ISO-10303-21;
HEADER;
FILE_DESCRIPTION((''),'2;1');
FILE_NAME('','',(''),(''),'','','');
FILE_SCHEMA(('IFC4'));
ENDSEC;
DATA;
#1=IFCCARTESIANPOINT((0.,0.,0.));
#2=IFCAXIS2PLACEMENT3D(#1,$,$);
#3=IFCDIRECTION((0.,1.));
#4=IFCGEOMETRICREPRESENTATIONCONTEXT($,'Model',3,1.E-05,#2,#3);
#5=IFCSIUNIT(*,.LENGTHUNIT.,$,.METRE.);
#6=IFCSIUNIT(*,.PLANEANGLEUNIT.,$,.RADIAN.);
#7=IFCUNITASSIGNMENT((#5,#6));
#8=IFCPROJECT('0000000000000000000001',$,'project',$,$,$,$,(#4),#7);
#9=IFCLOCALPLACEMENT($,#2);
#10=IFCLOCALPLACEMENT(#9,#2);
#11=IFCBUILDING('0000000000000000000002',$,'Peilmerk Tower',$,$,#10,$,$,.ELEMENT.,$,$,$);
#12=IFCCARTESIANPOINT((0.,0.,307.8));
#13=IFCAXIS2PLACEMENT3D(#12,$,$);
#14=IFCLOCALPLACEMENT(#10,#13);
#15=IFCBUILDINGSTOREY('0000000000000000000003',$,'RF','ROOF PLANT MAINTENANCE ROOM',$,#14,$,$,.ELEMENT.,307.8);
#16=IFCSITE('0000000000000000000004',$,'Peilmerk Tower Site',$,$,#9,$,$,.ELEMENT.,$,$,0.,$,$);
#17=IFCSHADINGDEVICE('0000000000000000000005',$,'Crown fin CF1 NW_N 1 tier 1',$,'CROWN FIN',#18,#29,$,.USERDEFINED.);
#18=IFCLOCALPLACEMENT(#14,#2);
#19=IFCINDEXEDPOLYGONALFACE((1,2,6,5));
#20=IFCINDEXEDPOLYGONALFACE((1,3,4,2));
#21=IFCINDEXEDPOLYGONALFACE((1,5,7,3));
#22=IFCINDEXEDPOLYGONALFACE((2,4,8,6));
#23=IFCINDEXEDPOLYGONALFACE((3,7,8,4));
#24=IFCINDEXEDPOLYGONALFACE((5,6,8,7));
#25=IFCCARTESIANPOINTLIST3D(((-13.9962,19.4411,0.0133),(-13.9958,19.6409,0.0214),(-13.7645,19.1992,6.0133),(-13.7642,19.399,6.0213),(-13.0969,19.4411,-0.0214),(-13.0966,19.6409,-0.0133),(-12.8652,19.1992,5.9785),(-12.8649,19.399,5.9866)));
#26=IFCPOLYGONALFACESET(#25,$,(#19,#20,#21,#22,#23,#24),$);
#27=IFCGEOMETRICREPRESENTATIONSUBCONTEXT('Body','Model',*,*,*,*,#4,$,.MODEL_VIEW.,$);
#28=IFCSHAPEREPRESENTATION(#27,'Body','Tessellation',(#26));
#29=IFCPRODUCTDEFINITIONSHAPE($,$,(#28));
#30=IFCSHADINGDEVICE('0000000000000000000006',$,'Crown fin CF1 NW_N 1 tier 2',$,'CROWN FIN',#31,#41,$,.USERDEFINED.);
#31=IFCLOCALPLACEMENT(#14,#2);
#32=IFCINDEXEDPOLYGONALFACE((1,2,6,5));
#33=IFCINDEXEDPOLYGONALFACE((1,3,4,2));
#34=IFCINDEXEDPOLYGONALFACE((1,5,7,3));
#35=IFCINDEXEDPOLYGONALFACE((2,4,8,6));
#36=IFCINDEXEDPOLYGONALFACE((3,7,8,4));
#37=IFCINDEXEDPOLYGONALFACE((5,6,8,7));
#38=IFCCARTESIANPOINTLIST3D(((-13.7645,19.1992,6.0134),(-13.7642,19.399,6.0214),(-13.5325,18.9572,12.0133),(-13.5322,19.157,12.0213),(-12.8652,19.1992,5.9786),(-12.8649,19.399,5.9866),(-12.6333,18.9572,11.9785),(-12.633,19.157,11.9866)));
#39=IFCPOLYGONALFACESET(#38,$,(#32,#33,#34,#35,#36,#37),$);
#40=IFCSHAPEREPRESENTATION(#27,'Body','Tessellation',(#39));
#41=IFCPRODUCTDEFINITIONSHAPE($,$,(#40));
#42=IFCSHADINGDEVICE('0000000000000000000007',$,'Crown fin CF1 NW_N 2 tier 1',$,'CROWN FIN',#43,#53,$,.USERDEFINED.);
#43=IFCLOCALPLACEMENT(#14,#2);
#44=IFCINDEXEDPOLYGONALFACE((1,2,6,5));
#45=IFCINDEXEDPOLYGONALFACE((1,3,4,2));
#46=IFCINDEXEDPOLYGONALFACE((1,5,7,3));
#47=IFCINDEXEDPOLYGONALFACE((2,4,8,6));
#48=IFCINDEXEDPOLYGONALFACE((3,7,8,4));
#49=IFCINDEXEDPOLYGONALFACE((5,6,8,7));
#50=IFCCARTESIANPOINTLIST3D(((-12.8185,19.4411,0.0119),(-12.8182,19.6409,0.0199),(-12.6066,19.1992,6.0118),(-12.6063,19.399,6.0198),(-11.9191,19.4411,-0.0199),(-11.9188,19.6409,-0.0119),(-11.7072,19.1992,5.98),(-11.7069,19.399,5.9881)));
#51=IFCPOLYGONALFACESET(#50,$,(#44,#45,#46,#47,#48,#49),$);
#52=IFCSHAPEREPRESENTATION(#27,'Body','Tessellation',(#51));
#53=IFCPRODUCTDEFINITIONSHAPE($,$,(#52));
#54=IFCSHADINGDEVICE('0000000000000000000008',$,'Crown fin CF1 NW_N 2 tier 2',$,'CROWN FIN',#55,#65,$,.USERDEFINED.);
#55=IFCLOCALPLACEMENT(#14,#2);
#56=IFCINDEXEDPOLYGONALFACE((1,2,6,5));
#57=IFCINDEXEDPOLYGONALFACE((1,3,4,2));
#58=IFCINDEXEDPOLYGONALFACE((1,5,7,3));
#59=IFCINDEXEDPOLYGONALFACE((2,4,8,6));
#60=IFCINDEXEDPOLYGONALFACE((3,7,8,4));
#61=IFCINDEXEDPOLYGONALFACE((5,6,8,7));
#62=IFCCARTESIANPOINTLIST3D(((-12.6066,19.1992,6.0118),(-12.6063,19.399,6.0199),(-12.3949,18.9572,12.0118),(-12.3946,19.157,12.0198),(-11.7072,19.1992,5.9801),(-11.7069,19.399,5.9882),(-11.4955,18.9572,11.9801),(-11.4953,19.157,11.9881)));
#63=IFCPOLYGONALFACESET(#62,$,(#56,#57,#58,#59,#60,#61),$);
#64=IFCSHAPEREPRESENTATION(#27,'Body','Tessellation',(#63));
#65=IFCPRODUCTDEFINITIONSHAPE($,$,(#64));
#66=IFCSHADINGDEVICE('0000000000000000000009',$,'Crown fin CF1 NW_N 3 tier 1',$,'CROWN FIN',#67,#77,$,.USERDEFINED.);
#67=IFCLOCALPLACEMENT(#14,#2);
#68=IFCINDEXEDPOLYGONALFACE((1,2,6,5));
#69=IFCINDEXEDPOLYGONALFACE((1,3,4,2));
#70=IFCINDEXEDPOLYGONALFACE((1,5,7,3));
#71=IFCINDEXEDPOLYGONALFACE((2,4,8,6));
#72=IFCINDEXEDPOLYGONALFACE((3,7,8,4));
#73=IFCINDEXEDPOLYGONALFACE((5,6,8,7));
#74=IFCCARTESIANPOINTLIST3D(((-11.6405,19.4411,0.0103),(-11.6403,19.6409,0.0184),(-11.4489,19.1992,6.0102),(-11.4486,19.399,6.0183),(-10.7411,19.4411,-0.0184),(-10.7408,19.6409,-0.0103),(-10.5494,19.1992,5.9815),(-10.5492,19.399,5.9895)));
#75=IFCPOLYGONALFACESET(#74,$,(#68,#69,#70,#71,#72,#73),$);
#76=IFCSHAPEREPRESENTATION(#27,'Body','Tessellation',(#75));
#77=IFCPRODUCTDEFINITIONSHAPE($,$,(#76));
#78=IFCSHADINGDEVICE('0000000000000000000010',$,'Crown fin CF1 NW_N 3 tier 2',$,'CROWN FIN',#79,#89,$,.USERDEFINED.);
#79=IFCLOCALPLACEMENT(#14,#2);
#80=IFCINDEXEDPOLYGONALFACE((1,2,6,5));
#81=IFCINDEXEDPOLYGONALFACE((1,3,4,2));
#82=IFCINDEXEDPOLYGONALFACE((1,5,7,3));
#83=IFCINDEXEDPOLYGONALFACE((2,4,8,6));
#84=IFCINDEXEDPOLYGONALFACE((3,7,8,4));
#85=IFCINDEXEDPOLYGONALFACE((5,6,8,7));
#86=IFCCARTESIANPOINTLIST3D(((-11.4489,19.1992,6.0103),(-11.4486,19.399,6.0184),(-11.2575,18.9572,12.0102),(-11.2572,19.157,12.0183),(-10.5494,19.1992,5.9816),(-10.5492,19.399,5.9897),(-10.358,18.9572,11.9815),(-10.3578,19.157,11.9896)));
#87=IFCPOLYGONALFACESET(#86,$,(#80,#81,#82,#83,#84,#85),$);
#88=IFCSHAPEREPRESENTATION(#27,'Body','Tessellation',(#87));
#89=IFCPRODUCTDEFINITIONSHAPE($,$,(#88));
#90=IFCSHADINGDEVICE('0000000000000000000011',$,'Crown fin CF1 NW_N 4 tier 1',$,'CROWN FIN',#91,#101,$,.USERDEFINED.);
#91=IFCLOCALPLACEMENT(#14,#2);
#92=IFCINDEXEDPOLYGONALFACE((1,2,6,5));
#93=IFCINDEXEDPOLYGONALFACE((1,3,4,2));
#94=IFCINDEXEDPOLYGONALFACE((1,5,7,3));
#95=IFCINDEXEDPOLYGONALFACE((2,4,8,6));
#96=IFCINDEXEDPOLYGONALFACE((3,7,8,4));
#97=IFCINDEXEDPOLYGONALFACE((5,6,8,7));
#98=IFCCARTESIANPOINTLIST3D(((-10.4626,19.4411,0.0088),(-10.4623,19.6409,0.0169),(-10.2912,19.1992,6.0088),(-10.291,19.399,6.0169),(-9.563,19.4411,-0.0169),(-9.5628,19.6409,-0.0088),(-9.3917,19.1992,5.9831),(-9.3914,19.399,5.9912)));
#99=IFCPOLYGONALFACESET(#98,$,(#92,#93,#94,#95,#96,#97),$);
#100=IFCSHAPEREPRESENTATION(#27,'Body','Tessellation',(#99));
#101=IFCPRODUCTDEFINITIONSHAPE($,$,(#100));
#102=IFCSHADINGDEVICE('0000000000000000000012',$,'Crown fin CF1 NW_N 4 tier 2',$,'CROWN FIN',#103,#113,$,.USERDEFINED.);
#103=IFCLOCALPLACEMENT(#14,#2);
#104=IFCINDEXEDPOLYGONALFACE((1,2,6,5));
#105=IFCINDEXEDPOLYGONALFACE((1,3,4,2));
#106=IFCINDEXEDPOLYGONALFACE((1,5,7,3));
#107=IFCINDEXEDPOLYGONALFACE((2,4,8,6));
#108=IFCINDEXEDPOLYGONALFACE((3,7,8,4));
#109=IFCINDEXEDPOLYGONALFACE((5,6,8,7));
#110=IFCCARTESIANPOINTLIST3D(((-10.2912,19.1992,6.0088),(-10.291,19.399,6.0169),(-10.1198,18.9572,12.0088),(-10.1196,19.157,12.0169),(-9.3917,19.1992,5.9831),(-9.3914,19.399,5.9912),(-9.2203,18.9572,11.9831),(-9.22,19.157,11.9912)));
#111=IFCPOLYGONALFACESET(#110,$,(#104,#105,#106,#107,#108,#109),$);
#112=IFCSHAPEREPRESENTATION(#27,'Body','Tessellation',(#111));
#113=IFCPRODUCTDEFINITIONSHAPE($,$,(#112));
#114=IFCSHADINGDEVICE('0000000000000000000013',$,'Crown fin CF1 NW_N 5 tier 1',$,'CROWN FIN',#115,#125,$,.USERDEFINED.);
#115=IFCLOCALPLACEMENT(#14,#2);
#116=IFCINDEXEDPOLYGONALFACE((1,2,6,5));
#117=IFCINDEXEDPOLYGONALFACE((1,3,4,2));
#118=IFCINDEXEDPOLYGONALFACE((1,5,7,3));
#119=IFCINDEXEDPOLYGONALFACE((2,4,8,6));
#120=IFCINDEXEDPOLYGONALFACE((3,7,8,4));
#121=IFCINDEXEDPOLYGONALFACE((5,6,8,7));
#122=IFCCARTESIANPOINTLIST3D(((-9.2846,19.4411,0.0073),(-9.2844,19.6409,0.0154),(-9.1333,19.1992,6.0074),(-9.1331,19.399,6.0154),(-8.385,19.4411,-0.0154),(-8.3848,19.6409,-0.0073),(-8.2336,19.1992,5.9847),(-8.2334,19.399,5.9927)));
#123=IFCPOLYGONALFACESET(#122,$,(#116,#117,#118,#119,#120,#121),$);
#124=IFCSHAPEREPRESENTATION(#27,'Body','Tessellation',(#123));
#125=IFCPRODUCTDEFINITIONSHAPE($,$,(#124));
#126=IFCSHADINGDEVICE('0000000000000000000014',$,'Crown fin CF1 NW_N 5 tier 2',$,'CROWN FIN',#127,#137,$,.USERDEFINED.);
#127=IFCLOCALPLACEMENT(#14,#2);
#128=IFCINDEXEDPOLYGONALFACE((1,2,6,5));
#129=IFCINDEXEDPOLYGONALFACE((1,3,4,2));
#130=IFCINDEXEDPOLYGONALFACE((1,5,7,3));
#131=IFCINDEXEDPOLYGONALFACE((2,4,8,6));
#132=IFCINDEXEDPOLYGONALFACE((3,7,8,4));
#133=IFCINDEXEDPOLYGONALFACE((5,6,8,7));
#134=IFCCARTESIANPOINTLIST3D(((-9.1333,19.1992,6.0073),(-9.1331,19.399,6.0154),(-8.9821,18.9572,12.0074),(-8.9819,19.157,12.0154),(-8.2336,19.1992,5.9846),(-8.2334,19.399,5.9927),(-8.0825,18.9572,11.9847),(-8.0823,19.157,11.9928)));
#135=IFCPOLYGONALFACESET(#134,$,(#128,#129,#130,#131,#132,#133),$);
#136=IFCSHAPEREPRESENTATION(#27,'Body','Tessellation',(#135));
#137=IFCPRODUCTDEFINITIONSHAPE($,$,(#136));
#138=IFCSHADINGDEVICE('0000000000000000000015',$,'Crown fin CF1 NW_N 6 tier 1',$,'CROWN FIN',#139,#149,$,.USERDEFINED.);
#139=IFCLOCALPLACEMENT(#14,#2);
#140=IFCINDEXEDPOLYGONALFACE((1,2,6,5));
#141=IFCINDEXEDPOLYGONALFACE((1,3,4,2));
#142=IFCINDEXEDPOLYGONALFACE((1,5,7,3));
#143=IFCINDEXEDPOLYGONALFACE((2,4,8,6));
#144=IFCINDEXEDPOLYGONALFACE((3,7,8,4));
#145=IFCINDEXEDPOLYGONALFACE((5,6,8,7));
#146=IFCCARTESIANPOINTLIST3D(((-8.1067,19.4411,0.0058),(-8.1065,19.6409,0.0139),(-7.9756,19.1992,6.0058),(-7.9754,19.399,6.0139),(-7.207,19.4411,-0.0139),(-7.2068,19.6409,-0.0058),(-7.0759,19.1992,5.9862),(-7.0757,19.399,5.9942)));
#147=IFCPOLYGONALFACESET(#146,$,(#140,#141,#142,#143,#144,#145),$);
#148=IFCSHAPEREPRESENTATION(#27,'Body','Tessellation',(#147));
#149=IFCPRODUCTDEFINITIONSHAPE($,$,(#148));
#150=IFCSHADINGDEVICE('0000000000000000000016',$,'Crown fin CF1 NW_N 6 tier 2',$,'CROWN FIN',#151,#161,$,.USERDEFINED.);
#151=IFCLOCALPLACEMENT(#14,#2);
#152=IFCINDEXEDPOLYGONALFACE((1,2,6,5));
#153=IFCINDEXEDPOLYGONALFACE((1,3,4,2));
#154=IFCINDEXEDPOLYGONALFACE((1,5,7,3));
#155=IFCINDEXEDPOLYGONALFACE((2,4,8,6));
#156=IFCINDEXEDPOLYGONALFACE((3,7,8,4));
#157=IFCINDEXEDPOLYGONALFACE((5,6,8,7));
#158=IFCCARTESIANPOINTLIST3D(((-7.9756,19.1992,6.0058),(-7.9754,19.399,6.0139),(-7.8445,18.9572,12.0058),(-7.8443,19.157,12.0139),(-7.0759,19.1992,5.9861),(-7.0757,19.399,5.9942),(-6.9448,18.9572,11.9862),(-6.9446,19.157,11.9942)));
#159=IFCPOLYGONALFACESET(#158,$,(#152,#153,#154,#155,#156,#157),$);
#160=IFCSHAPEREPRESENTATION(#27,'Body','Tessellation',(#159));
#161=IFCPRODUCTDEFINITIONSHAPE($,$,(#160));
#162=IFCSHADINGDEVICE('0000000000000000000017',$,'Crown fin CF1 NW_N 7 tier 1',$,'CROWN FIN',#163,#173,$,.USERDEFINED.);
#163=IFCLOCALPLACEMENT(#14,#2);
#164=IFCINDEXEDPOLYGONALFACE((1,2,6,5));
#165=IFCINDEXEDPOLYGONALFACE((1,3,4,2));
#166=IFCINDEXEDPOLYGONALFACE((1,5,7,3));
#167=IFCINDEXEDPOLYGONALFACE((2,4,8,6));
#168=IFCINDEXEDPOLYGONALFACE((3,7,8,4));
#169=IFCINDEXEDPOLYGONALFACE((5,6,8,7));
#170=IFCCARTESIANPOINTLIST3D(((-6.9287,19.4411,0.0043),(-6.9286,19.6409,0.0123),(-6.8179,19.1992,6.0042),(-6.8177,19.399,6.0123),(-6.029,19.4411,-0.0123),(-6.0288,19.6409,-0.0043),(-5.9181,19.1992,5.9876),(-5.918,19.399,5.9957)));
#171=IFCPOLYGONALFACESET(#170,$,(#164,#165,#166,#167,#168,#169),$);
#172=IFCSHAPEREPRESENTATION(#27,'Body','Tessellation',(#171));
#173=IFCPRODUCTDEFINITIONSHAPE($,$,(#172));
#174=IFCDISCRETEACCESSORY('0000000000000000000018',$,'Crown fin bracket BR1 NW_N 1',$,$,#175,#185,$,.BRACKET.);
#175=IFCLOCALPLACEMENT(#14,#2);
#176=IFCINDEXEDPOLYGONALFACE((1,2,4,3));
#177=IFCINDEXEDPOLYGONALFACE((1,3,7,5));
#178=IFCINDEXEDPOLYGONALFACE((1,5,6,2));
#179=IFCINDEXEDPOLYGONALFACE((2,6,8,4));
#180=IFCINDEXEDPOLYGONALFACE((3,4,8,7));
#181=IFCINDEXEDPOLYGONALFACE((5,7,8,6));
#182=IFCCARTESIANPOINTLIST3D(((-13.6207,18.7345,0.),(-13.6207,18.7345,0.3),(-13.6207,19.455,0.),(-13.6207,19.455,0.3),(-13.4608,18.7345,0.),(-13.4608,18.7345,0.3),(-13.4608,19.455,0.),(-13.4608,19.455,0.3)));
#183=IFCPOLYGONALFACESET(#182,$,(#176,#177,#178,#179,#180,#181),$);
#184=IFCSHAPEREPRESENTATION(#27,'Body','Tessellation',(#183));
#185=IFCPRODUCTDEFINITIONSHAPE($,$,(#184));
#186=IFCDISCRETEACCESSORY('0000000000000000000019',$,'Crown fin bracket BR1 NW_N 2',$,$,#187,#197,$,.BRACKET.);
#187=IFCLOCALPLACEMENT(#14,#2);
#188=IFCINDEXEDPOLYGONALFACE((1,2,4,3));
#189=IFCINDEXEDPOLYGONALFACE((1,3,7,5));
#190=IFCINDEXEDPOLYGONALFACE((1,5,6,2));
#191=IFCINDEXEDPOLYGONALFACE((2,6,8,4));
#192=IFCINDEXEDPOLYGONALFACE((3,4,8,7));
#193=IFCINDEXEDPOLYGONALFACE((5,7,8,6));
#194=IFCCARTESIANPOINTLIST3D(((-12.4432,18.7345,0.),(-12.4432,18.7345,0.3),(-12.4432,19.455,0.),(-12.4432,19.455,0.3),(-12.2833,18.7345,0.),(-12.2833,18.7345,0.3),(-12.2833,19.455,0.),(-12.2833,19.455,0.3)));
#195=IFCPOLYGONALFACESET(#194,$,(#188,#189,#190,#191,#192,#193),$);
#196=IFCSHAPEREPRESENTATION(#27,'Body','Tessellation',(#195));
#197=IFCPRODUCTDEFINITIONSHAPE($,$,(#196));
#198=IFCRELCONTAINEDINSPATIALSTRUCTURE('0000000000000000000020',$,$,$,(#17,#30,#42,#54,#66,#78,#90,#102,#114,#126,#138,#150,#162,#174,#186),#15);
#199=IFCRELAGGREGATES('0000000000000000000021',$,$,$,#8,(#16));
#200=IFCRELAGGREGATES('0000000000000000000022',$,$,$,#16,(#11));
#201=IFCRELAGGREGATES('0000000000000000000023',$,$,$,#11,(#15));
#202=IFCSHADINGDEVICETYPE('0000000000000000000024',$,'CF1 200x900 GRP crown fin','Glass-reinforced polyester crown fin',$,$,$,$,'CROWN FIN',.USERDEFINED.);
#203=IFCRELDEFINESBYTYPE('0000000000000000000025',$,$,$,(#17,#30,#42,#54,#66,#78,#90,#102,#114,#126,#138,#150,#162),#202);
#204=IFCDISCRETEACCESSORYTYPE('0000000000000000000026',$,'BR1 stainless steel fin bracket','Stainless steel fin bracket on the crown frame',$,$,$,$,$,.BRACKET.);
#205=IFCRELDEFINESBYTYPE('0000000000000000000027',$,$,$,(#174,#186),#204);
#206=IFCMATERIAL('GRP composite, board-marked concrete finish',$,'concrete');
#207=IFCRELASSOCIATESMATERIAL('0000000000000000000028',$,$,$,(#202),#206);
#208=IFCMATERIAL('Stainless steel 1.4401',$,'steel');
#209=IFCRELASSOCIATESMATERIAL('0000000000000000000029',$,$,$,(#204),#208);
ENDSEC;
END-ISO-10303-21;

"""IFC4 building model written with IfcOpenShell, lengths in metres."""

from ifc_helpers import new_model, si_unit, direction, frame, origin, origin_2d, place, context, subcontext, project, spatial, rectangle, extrude, source, transform, mapped, material, material_profile, profile_set, type_object, element, save


model = new_model("IFC4")

# Units and contexts
model_context = context("Model", 3, precision=1e-05, world=origin(), true_north=direction((0.0, 1.0)))
body_context = subcontext(model_context, "Body", "Model", "MODEL_VIEW")
ifc_project = project(units=[si_unit("LENGTHUNIT", "METRE"), si_unit("PLANEANGLEUNIT", "RADIAN")], contexts=[model_context])

# Site, building, storey
site_placement = place(None, origin())
site = spatial("IfcSite", under=ifc_project, at=site_placement, Name="Peilmerk Tower Site", CompositionType="ELEMENT", RefElevation=0.0)
building_placement = place(site_placement, origin())
building = spatial("IfcBuilding", under=site, at=building_placement, Name="Peilmerk Tower", CompositionType="ELEMENT")
storey_placement = place(building_placement, frame((0.0, 0.0, 307.8)))
storey = spatial("IfcBuildingStorey", under=building, at=storey_placement, Name="RF", Description="ROOF PLANT MAINTENANCE ROOM", CompositionType="ELEMENT", Elevation=307.8)

# Shading devices
ifc_material_1 = material(Name="GRP composite, board-marked concrete finish", Category="concrete")
ifc_material_profile = material_profile(ifc_material_1, rectangle(XDim=0.2, YDim=0.8999, at=origin_2d()), Name="CF1 200x900")
ifc_profile_set = profile_set([ifc_material_profile], Name="GRP composite, board-marked concrete finish")
shading_device_type = type_object("IfcShadingDeviceType", Name="CF1 200x900 GRP crown fin", Description="Glass-reinforced polyester crown fin", ElementType="CROWN FIN", PredefinedType="USERDEFINED", material=ifc_profile_set)
shared_shape_1 = source(origin(), body_context, "Body", "SweptSolid", [
    extrude(rectangle(XDim=0.2, YDim=0.8999, at=origin_2d()), origin(), (0.0, 0.0, 1.0), 6.0093),
])
for number, where, z_axis, x_axis, name in (
    (1, (-13.5464, 19.541, 0.0), (0.038555, -0.040261, 0.998445), (0.001554, 0.999189, 0.040231), "Crown fin CF1 NW_N 1 tier 1"),
    (2, (-13.3147, 19.2991, 6.0), (0.038595, -0.040261, 0.998444), (0.001555, 0.999189, 0.040231), "Crown fin CF1 NW_N 1 tier 2"),
):
    element("IfcShadingDevice", number, at=place(storey_placement, frame(where, z_axis=z_axis, x_axis=x_axis)), inside=storey, type_object=shading_device_type, Name=name, ObjectType="CROWN FIN", PredefinedType="USERDEFINED", context=body_context, shape_type="MappedRepresentation", body=[
        mapped(shared_shape_1, transform((0.0, 0.0, 0.0), scale=1.0)),
    ])
shared_shape_2 = source(origin(), body_context, "Body", "SweptSolid", [
    extrude(rectangle(XDim=0.2, YDim=0.8999, at=origin_2d()), origin(), (0.0, 0.0, 1.0), 6.0085),
])
for number, where, z_axis, x_axis, name in (
    (3, (-12.3687, 19.541, 0.0), (0.035268, -0.040266, 0.998566), (0.001421, 0.999189, 0.040241), "Crown fin CF1 NW_N 2 tier 1"),
    (4, (-12.1567, 19.2991, 6.0), (0.035228, -0.040266, 0.998568), (0.00142, 0.999189, 0.040241), "Crown fin CF1 NW_N 2 tier 2"),
):
    element("IfcShadingDevice", number, at=place(storey_placement, frame(where, z_axis=z_axis, x_axis=x_axis)), inside=storey, type_object=shading_device_type, Name=name, ObjectType="CROWN FIN", PredefinedType="USERDEFINED", context=body_context, shape_type="MappedRepresentation", body=[
        mapped(shared_shape_2, transform((0.0, 0.0, 0.0), scale=1.0)),
    ])
shared_shape_3 = source(origin(), body_context, "Body", "SweptSolid", [
    extrude(rectangle(XDim=0.2, YDim=0.8999, at=origin_2d()), origin(), (0.0, 0.0, 1.0), 6.0078),
])
for number, where, z_axis, x_axis, name in (
    (5, (-11.1907, 19.541, 0.0), (0.0319, -0.040271, 0.998679), (0.001286, 0.999189, 0.04025), "Crown fin CF1 NW_N 3 tier 1"),
    (6, (-10.999, 19.2991, 6.0), (0.031859, -0.040271, 0.998681), (0.001284, 0.999189, 0.04025), "Crown fin CF1 NW_N 3 tier 2"),
):
    element("IfcShadingDevice", number, at=place(storey_placement, frame(where, z_axis=z_axis, x_axis=x_axis)), inside=storey, type_object=shading_device_type, Name=name, ObjectType="CROWN FIN", PredefinedType="USERDEFINED", context=body_context, shape_type="MappedRepresentation", body=[
        mapped(shared_shape_3, transform((0.0, 0.0, 0.0), scale=1.0)),
    ])
shared_shape_4 = source(origin(), body_context, "Body", "SweptSolid", [
    extrude(rectangle(XDim=0.2, YDim=0.8999, at=origin_2d()), origin(), (0.0, 0.0, 1.0), 6.0073),
])
for number, where, z_axis, x_axis, name in (
    (7, (-10.0127, 19.541, 0.0), (0.02853, -0.040275, 0.998781), (0.00115, 0.999189, 0.040258), "Crown fin CF1 NW_N 4 tier 1"),
    (8, (-9.8413, 19.2991, 6.0), (0.02853, -0.040275, 0.998781), (0.00115, 0.999189, 0.040258), "Crown fin CF1 NW_N 4 tier 2"),
):
    element("IfcShadingDevice", number, at=place(storey_placement, frame(where, z_axis=z_axis, x_axis=x_axis)), inside=storey, type_object=shading_device_type, Name=name, ObjectType="CROWN FIN", PredefinedType="USERDEFINED", context=body_context, shape_type="MappedRepresentation", body=[
        mapped(shared_shape_4, transform((0.0, 0.0, 0.0), scale=1.0)),
    ])
shared_shape_5 = source(origin(), body_context, "Body", "SweptSolid", [
    extrude(rectangle(XDim=0.2, YDim=0.8999, at=origin_2d()), origin(), (0.0, 0.0, 1.0), 6.0068),
])
for number, where, z_axis, x_axis, name in (
    (9, (-8.8347, 19.541, 0.0), (0.025199, -0.040278, 0.998871), (0.001016, 0.999188, 0.040266), "Crown fin CF1 NW_N 5 tier 1"),
    (10, (-8.6833, 19.2991, 6.0), (0.025159, -0.040278, 0.998872), (0.001014, 0.999188, 0.040266), "Crown fin CF1 NW_N 5 tier 2"),
):
    element("IfcShadingDevice", number, at=place(storey_placement, frame(where, z_axis=z_axis, x_axis=x_axis)), inside=storey, type_object=shading_device_type, Name=name, ObjectType="CROWN FIN", PredefinedType="USERDEFINED", context=body_context, shape_type="MappedRepresentation", body=[
        mapped(shared_shape_5, transform((0.0, 0.0, 0.0), scale=1.0)),
    ])
shared_shape_6 = source(origin(), body_context, "Body", "SweptSolid", [
    extrude(rectangle(XDim=0.2, YDim=0.8999, at=origin_2d()), origin(), (0.0, 0.0, 1.0), 6.0063),
])
for number, where, z_axis, x_axis, name in (
    (11, (-7.6567, 19.541, 0.0), (0.021828, -0.040282, 0.99895), (0.00088, 0.999188, 0.040272), "Crown fin CF1 NW_N 6 tier 1"),
    (12, (-7.5256, 19.2991, 6.0), (0.021828, -0.040282, 0.99895), (0.00088, 0.999188, 0.040272), "Crown fin CF1 NW_N 6 tier 2"),
):
    element("IfcShadingDevice", number, at=place(storey_placement, frame(where, z_axis=z_axis, x_axis=x_axis)), inside=storey, type_object=shading_device_type, Name=name, ObjectType="CROWN FIN", PredefinedType="USERDEFINED", context=body_context, shape_type="MappedRepresentation", body=[
        mapped(shared_shape_6, transform((0.0, 0.0, 0.0), scale=1.0)),
    ])
shared_shape_7 = source(origin(), body_context, "Body", "SweptSolid", [
    extrude(rectangle(XDim=0.2, YDim=0.8999, at=origin_2d()), origin(), (0.0, 0.0, 1.0), 6.0059),
])
shading_device_placement = place(storey_placement, frame((-6.4788, 19.541, 0.0), z_axis=(0.018455, -0.040284, 0.999018), x_axis=(0.000744, 0.999188, 0.040277)))
element("IfcShadingDevice", 13, at=shading_device_placement, inside=storey, type_object=shading_device_type, Name="Crown fin CF1 NW_N 7 tier 1", ObjectType="CROWN FIN", PredefinedType="USERDEFINED", context=body_context, shape_type="MappedRepresentation", body=[
    mapped(shared_shape_7, transform((0.0, 0.0, 0.0), scale=1.0)),
])

# Discrete accessories
ifc_material_2 = material(Name="Stainless steel 1.4401", Category="steel")
discrete_accessory_type = type_object("IfcDiscreteAccessoryType", Name="BR1 stainless steel fin bracket", Description="Stainless steel fin bracket on the crown frame", PredefinedType="BRACKET", material=ifc_material_2)
shared_shape_8 = source(origin(), body_context, "Body", "SweptSolid", [
    extrude(rectangle(XDim=0.7205, YDim=0.1599, at=origin_2d()), origin(), (0.0, 0.0, 1.0), 0.3),
])
for number, where, z_axis, x_axis, name in (
    (14, (-13.5408, 19.0947, 0.0), (0.0, 0.0, 1.0), (0.0, 1.0, 0.0), "Crown fin bracket BR1 NW_N 1"),
    (15, (-12.3633, 19.0947, 0.0), (0.0, 0.0, 1.0), (0.0, 1.0, 0.0), "Crown fin bracket BR1 NW_N 2"),
):
    element("IfcDiscreteAccessory", number, at=place(storey_placement, frame(where, z_axis=z_axis, x_axis=x_axis)), inside=storey, type_object=discrete_accessory_type, Name=name, PredefinedType="BRACKET", context=body_context, shape_type="MappedRepresentation", body=[
        mapped(shared_shape_8, transform((0.0, 0.0, 0.0), scale=1.0)),
    ])

save(model, "model.ifc")
